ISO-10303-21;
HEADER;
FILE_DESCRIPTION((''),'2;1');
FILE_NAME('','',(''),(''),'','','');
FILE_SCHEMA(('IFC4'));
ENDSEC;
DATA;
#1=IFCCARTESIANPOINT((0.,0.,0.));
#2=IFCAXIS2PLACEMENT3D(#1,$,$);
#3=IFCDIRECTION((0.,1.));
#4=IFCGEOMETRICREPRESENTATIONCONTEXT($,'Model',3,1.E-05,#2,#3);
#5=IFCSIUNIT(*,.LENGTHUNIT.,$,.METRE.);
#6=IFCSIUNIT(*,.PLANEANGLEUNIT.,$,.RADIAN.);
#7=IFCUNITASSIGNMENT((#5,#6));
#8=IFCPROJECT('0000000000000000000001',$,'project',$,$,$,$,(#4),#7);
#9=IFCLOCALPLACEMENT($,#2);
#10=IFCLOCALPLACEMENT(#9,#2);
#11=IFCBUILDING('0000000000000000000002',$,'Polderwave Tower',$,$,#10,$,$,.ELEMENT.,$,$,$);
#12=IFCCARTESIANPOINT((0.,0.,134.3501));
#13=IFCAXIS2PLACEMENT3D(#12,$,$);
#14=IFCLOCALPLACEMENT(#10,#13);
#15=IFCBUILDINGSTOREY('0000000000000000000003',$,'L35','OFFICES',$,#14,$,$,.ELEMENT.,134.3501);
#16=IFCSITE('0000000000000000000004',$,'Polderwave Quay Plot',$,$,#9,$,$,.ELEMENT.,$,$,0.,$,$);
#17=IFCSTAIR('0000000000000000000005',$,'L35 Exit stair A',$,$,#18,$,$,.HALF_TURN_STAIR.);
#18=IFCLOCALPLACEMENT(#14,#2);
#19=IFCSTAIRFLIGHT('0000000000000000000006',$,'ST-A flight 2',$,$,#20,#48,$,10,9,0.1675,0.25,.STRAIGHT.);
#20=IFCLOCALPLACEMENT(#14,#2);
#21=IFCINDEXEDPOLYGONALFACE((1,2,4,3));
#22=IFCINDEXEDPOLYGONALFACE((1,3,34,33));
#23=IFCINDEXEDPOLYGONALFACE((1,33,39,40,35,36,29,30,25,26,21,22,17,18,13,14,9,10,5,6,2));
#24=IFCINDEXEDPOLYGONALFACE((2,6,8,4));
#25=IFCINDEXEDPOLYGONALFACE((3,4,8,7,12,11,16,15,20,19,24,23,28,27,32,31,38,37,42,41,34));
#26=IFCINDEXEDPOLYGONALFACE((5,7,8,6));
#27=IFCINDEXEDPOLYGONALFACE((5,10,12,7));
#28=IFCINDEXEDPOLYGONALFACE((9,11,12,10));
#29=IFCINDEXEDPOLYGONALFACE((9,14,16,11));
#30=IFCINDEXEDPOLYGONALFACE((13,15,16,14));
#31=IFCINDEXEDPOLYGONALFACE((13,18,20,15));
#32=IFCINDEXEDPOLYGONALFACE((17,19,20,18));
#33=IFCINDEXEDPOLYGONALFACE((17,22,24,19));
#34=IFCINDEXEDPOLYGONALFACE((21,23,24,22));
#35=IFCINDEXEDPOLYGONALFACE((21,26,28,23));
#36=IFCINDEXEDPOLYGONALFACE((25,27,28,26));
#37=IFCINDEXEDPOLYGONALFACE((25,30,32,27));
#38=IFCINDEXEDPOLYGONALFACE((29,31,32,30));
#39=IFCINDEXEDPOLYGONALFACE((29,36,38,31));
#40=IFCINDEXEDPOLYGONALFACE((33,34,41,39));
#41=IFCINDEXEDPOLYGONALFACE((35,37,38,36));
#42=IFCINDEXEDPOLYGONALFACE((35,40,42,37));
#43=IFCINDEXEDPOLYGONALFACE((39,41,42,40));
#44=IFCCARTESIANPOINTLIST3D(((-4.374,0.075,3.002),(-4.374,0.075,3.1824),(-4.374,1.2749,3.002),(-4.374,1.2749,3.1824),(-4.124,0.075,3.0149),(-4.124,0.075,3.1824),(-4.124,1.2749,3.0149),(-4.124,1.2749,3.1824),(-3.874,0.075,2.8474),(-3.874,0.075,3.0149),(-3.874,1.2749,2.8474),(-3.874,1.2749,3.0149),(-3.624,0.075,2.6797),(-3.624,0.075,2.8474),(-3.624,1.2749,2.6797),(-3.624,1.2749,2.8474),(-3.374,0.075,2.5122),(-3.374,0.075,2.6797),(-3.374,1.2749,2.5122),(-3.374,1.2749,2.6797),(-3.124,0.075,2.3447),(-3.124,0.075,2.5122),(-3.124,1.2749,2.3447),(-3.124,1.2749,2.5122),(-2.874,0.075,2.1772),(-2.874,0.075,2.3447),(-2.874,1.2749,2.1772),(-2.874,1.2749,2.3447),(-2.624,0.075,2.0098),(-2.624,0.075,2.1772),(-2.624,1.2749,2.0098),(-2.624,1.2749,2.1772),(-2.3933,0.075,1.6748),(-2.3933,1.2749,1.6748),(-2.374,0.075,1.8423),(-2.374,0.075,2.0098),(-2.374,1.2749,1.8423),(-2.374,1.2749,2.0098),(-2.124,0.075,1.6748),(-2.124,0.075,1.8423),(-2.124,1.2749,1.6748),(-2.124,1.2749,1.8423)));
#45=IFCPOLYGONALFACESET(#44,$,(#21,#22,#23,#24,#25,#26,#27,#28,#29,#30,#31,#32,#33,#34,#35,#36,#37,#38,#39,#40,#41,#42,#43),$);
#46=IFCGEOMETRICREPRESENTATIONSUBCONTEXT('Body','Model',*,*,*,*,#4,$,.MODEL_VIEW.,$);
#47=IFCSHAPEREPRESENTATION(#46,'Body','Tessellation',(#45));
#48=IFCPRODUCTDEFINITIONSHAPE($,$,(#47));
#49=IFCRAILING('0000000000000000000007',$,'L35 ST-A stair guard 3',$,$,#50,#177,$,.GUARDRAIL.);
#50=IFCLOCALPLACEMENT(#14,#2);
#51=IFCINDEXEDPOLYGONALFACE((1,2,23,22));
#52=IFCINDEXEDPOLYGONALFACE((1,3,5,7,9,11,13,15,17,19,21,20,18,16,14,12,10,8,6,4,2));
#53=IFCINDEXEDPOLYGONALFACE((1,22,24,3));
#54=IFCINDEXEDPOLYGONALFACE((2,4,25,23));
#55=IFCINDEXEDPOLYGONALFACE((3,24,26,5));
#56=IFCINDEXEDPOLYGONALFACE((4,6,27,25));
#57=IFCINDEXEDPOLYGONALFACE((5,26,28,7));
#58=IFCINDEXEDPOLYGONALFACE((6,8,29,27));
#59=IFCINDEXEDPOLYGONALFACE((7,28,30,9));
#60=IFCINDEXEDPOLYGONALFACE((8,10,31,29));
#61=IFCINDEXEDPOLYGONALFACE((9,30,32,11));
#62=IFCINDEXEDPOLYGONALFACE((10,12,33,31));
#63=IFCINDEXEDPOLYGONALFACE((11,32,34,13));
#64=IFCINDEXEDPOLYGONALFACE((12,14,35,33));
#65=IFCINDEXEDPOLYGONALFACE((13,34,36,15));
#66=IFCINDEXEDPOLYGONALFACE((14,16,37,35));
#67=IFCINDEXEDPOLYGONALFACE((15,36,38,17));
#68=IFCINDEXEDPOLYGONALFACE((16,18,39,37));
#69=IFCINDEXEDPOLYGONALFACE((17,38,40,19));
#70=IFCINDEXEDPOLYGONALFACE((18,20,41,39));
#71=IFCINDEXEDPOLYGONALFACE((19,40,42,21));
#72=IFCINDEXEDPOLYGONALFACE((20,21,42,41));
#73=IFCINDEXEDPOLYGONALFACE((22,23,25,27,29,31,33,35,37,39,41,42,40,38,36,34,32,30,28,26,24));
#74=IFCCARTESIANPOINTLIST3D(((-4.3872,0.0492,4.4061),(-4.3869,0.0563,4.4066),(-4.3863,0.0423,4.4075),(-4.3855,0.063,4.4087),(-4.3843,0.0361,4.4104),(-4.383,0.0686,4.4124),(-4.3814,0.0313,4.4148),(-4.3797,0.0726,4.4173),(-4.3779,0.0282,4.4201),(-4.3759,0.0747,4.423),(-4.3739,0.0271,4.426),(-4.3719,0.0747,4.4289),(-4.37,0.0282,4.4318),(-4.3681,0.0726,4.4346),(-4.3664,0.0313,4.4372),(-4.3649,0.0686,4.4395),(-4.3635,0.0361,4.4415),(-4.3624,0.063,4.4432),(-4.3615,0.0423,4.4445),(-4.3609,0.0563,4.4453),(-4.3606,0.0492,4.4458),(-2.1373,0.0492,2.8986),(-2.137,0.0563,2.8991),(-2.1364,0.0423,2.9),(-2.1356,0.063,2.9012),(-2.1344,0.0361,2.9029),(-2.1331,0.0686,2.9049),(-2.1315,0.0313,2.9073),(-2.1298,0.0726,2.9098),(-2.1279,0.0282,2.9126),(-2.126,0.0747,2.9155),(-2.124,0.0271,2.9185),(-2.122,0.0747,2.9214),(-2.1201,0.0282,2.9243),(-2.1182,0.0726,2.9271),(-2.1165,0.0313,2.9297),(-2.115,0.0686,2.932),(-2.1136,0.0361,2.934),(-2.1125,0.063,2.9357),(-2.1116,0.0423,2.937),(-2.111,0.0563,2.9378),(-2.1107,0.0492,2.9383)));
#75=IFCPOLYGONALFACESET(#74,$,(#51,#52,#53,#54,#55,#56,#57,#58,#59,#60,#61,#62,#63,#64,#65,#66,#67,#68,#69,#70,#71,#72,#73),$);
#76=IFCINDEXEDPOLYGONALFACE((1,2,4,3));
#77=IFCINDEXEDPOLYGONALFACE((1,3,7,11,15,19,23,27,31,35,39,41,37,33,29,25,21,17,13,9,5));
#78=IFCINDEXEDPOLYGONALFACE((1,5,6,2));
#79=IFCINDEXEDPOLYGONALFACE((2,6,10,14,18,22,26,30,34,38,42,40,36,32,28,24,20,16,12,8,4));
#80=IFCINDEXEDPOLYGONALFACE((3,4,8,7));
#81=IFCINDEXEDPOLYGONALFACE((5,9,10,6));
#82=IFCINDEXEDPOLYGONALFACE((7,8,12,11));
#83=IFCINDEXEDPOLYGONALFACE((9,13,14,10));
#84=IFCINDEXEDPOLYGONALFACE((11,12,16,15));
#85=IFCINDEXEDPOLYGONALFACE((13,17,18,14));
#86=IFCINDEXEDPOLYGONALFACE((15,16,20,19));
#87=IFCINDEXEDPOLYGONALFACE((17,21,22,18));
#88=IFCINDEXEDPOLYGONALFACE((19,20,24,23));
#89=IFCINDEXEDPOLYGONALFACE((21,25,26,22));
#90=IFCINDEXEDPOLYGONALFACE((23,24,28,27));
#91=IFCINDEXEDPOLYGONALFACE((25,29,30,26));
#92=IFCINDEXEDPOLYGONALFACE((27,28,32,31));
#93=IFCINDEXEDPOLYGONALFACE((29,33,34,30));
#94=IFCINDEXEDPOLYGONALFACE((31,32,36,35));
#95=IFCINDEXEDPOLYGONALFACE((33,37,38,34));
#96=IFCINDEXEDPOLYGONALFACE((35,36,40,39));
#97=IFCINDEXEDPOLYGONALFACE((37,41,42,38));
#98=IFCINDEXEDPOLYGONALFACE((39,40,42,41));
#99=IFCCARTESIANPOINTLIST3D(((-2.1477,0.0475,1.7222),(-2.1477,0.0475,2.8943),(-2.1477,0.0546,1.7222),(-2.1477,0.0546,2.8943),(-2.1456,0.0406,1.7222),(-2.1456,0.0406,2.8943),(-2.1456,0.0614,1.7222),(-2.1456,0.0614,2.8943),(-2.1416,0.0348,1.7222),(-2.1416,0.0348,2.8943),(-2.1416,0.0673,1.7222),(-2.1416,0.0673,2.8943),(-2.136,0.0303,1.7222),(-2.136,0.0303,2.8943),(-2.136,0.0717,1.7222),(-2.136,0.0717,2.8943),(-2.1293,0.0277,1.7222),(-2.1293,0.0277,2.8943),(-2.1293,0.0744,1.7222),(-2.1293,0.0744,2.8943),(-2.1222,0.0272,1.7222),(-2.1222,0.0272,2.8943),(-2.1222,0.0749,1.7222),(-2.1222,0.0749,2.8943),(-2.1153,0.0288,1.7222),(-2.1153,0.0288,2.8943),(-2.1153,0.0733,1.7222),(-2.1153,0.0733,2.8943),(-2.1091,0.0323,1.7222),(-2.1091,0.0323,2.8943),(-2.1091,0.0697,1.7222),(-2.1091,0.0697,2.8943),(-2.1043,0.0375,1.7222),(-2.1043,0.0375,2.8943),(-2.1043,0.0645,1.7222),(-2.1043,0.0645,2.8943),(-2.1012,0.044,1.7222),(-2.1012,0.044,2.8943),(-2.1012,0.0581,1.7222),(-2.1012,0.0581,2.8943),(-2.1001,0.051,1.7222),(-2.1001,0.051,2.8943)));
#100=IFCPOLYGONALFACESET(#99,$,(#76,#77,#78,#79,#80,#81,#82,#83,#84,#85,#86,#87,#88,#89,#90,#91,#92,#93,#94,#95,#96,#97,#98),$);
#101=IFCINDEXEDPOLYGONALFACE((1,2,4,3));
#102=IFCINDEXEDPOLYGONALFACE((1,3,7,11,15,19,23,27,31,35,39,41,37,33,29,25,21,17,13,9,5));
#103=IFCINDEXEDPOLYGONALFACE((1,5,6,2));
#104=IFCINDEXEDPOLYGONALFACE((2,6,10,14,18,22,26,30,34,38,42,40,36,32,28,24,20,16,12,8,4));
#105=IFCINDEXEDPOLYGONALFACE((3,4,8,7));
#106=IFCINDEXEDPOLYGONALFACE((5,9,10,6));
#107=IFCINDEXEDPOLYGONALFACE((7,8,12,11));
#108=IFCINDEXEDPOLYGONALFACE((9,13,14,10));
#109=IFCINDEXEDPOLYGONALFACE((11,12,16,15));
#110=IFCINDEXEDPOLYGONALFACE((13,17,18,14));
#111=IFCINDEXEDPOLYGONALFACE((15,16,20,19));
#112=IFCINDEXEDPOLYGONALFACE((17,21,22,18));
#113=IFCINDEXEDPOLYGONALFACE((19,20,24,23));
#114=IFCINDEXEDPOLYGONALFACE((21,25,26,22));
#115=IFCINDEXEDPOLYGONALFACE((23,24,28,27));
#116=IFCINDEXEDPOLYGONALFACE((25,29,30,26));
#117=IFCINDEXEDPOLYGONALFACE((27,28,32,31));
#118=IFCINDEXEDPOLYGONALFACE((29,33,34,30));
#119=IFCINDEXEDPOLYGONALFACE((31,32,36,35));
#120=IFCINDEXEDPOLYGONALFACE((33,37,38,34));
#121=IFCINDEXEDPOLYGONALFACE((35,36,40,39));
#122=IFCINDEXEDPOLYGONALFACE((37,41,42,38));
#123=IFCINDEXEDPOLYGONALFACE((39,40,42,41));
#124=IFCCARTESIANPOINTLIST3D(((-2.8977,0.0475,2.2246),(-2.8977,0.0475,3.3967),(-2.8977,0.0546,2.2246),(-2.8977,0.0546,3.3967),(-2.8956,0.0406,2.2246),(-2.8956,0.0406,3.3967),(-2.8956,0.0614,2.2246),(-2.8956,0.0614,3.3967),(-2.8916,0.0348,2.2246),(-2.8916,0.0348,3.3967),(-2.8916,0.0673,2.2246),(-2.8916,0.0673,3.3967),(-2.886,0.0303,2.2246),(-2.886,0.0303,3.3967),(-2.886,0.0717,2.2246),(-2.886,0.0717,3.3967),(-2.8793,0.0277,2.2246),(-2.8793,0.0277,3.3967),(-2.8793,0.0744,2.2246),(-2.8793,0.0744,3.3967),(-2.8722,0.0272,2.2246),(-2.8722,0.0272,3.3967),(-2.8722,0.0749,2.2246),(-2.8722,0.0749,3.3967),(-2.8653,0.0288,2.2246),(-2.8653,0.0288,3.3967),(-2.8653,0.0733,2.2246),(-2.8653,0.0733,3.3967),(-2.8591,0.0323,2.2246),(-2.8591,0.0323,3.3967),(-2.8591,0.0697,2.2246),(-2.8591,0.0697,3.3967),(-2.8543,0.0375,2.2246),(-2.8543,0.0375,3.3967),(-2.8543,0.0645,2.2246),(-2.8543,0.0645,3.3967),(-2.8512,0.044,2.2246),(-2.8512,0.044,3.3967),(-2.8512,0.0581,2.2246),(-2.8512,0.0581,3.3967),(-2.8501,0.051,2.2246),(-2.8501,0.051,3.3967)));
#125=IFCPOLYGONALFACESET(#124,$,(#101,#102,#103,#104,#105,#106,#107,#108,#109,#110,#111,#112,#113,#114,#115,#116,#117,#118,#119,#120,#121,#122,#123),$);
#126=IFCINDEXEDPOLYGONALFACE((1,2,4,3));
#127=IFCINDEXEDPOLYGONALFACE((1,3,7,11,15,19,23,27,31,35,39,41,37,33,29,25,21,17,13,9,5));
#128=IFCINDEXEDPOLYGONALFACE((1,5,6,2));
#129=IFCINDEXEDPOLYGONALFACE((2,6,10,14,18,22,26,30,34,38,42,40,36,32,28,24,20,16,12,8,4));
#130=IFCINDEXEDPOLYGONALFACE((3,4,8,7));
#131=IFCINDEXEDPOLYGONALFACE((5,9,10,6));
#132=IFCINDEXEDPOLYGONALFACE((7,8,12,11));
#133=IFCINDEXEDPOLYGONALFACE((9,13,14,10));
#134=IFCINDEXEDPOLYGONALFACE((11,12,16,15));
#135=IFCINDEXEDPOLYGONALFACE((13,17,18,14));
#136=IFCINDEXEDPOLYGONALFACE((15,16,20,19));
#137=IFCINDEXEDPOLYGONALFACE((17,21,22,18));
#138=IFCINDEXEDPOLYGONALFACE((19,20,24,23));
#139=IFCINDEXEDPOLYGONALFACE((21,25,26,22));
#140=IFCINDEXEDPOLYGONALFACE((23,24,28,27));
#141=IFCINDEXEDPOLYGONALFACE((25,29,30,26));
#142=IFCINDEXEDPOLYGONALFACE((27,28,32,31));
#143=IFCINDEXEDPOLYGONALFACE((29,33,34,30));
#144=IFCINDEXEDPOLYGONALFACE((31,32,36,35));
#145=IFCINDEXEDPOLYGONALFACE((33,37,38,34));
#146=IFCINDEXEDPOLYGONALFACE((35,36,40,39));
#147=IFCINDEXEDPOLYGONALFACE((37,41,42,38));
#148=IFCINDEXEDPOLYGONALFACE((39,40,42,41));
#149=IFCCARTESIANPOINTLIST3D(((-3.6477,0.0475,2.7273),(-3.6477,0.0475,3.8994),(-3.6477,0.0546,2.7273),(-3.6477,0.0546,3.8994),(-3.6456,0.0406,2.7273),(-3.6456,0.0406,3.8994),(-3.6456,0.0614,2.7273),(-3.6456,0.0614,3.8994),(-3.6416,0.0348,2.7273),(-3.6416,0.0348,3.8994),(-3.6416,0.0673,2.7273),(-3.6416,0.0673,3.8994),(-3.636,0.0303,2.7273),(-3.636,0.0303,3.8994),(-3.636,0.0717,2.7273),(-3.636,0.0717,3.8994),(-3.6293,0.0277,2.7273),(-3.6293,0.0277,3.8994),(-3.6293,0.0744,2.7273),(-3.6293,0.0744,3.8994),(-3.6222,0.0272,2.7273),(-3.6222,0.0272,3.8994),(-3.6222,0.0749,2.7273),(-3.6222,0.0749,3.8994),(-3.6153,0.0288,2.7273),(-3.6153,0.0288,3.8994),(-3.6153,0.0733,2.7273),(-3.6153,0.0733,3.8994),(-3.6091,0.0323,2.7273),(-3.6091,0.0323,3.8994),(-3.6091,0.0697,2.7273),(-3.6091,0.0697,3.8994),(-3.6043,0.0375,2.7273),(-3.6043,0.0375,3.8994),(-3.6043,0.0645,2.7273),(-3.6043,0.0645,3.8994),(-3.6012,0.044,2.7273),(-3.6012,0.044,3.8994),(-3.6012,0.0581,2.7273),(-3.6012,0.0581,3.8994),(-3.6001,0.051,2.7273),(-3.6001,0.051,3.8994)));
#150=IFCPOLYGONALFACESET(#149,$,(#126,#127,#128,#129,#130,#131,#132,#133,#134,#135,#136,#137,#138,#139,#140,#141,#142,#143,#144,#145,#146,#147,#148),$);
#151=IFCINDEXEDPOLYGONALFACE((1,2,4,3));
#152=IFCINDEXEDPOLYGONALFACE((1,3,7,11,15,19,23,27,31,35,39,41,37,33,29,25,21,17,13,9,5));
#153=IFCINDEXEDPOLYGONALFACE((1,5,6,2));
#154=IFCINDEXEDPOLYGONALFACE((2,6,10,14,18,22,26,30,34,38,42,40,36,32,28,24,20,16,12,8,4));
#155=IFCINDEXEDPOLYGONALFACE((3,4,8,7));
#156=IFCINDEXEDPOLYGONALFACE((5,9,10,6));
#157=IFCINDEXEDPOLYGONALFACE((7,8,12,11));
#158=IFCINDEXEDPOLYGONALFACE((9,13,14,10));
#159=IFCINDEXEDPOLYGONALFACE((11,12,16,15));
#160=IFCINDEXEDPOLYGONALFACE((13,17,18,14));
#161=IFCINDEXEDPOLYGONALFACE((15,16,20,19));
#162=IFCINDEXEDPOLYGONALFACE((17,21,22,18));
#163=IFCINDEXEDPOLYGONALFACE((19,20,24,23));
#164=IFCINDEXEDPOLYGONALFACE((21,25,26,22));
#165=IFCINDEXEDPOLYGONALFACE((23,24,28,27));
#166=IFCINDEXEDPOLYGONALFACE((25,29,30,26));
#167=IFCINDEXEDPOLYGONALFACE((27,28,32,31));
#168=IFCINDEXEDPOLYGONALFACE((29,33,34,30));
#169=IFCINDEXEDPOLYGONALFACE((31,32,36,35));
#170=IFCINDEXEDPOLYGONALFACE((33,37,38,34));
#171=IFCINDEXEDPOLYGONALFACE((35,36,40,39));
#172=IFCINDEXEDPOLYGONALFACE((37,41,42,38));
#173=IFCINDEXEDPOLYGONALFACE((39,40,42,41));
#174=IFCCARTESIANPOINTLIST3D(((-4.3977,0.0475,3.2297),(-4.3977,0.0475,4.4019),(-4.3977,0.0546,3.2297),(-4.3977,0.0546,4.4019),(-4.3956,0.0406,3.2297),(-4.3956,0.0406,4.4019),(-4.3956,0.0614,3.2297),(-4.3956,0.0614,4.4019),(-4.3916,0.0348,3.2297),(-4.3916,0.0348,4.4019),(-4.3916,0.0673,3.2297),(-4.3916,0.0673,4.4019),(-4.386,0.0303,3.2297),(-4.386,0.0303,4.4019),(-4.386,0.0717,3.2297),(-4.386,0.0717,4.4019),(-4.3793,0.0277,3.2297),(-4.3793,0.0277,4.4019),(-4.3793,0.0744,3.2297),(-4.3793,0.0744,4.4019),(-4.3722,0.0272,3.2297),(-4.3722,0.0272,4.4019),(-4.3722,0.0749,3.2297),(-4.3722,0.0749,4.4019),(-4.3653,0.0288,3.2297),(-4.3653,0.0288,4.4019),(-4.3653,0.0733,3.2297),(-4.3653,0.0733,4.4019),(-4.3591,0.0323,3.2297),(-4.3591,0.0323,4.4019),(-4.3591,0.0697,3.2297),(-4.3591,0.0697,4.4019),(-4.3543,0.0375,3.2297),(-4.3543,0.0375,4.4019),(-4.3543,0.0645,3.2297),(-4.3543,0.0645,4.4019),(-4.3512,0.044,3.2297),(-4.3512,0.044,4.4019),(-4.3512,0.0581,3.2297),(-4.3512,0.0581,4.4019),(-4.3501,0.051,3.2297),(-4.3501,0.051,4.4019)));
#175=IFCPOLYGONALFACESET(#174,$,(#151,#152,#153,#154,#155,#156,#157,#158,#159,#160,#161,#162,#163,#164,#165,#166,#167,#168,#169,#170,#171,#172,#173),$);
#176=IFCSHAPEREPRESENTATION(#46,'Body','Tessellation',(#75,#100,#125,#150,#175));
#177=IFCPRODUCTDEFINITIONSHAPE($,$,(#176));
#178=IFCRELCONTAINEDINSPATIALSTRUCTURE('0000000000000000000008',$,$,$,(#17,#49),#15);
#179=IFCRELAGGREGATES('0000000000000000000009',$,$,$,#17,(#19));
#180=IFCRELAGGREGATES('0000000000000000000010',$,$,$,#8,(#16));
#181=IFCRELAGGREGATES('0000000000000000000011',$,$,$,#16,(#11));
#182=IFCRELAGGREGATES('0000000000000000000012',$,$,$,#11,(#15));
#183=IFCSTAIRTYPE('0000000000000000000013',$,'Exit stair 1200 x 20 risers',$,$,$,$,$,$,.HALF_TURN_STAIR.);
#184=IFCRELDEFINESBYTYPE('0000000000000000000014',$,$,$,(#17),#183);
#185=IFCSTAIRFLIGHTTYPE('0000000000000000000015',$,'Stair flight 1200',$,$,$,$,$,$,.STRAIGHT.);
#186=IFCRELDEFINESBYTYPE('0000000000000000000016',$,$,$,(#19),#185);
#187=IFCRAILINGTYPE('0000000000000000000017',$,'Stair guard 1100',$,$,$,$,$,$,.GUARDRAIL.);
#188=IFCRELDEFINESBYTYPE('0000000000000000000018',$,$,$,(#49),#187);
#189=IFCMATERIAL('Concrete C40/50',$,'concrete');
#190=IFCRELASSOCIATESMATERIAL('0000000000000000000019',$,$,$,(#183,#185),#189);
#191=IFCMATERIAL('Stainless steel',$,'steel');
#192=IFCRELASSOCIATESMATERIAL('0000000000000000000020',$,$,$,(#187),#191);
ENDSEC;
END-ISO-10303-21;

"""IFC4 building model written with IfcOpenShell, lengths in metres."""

from ifc_helpers import new_model, si_unit, direction, frame, origin, origin_2d, place, context, subcontext, project, spatial, polyline, circle, outline, extrude, material, type_object, element, aggregate, save


model = new_model("IFC4")

# Units and contexts
model_context = context("Model", 3, precision=1e-05, world=origin(), true_north=direction((0.0, 1.0)))
body_context = subcontext(model_context, "Body", "Model", "MODEL_VIEW")
ifc_project = project(units=[si_unit("LENGTHUNIT", "METRE"), si_unit("PLANEANGLEUNIT", "RADIAN")], contexts=[model_context])

# Site, building, storey
site_placement = place(None, origin())
site = spatial("IfcSite", under=ifc_project, at=site_placement, Name="Polderwave Quay Plot", CompositionType="ELEMENT", RefElevation=0.0)
building_placement = place(site_placement, origin())
building = spatial("IfcBuilding", under=site, at=building_placement, Name="Polderwave Tower", CompositionType="ELEMENT")
storey_placement = place(building_placement, frame((0.0, 0.0, 134.3501)))
storey = spatial("IfcBuildingStorey", under=building, at=storey_placement, Name="L35", Description="OFFICES", CompositionType="ELEMENT", Elevation=134.3501)

# Shared definitions
ifc_material_1 = material(Name="Stainless steel", Category="steel")

# Stair, stair flight
ifc_material_2 = material(Name="Concrete C40/50", Category="concrete")
stair_type = type_object("IfcStairType", Name="Exit stair 1200 x 20 risers", PredefinedType="HALF_TURN_STAIR", material=ifc_material_2)
stair_placement = place(storey_placement, origin())
stair = element("IfcStair", 1, at=stair_placement, inside=storey, type_object=stair_type, Name="L35 Exit stair A", PredefinedType="HALF_TURN_STAIR")
stair_flight_type = type_object("IfcStairFlightType", Name="Stair flight 1200", PredefinedType="STRAIGHT", material=ifc_material_2)
stair_flight_placement = place(storey_placement, frame((-2.124, 0.675, 1.6748), z_axis=(0.0, 0.0, 1.0), x_axis=(-1.0, 0.0, 0.0)))
stair_flight = element("IfcStairFlight", 2, at=stair_flight_placement, type_object=stair_flight_type, Name="ST-A flight 2", NumberOfRisers=10, NumberOfTreads=9, PredefinedType="STRAIGHT", RiserHeight=0.1675, TreadLength=0.25, context=body_context, shape_type="SweptSolid", body=[
    extrude(outline(polyline([(0.0, 0.0), (0.0, 0.1675), (0.25, 0.1675), (0.25, 0.335), (0.5, 0.335), (0.5, 0.5024), (0.75, 0.5024), (0.75, 0.6699), (1.0, 0.6699), (1.0, 0.8374), (1.25, 0.8374), (1.25, 1.0049), (1.5, 1.0049), (1.5, 1.1726), (1.75, 1.1726), (1.75, 1.3401), (2.0, 1.3401), (2.0, 1.5076), (2.25, 1.5076), (2.25, 1.675), (2.25, 1.3271), (0.2693, 0.0), (0.0, 0.0)])), frame((0.0, 0.6001, 0.0), z_axis=(0.0, -1.0, 0.0), x_axis=(1.0, 0.0, 0.0)), (0.0, 0.0, 1.0), 1.2),
])
aggregate(stair, [stair_flight])

# Railing
railing_type_1 = type_object("IfcRailingType", Name="Stair guard 1100", PredefinedType="GUARDRAIL", material=ifc_material_1)
railing_1_placement = place(storey_placement, frame((-2.124, 0.051, 1.7222)))
element("IfcRailing", 3, at=railing_1_placement, inside=storey, type_object=railing_type_1, Name="L35 ST-A stair guard 3", PredefinedType="GUARDRAIL", context=body_context, shape_type="SweptSolid", body=[
    extrude(circle(Radius=0.0239, at=origin_2d()), frame((0.0, 0.0, 1.1963), z_axis=(-0.830758, 0.0, 0.556633), x_axis=(0.0, -1.0, 0.0)), (0.0, 0.0, 1.0), 2.7083),
    extrude(circle(Radius=0.0239, at=origin_2d()), origin(), (0.0, 0.0, 1.0), 1.1721),
    extrude(circle(Radius=0.0239, at=origin_2d()), frame((-0.75, 0.0, 0.5024)), (0.0, 0.0, 1.0), 1.1721),
    extrude(circle(Radius=0.0239, at=origin_2d()), frame((-1.5, 0.0, 1.0051)), (0.0, 0.0, 1.0), 1.1721),
    extrude(circle(Radius=0.0239, at=origin_2d()), frame((-2.25, 0.0, 1.5076)), (0.0, 0.0, 1.0), 1.1721),
])

save(model, "model.ifc")
